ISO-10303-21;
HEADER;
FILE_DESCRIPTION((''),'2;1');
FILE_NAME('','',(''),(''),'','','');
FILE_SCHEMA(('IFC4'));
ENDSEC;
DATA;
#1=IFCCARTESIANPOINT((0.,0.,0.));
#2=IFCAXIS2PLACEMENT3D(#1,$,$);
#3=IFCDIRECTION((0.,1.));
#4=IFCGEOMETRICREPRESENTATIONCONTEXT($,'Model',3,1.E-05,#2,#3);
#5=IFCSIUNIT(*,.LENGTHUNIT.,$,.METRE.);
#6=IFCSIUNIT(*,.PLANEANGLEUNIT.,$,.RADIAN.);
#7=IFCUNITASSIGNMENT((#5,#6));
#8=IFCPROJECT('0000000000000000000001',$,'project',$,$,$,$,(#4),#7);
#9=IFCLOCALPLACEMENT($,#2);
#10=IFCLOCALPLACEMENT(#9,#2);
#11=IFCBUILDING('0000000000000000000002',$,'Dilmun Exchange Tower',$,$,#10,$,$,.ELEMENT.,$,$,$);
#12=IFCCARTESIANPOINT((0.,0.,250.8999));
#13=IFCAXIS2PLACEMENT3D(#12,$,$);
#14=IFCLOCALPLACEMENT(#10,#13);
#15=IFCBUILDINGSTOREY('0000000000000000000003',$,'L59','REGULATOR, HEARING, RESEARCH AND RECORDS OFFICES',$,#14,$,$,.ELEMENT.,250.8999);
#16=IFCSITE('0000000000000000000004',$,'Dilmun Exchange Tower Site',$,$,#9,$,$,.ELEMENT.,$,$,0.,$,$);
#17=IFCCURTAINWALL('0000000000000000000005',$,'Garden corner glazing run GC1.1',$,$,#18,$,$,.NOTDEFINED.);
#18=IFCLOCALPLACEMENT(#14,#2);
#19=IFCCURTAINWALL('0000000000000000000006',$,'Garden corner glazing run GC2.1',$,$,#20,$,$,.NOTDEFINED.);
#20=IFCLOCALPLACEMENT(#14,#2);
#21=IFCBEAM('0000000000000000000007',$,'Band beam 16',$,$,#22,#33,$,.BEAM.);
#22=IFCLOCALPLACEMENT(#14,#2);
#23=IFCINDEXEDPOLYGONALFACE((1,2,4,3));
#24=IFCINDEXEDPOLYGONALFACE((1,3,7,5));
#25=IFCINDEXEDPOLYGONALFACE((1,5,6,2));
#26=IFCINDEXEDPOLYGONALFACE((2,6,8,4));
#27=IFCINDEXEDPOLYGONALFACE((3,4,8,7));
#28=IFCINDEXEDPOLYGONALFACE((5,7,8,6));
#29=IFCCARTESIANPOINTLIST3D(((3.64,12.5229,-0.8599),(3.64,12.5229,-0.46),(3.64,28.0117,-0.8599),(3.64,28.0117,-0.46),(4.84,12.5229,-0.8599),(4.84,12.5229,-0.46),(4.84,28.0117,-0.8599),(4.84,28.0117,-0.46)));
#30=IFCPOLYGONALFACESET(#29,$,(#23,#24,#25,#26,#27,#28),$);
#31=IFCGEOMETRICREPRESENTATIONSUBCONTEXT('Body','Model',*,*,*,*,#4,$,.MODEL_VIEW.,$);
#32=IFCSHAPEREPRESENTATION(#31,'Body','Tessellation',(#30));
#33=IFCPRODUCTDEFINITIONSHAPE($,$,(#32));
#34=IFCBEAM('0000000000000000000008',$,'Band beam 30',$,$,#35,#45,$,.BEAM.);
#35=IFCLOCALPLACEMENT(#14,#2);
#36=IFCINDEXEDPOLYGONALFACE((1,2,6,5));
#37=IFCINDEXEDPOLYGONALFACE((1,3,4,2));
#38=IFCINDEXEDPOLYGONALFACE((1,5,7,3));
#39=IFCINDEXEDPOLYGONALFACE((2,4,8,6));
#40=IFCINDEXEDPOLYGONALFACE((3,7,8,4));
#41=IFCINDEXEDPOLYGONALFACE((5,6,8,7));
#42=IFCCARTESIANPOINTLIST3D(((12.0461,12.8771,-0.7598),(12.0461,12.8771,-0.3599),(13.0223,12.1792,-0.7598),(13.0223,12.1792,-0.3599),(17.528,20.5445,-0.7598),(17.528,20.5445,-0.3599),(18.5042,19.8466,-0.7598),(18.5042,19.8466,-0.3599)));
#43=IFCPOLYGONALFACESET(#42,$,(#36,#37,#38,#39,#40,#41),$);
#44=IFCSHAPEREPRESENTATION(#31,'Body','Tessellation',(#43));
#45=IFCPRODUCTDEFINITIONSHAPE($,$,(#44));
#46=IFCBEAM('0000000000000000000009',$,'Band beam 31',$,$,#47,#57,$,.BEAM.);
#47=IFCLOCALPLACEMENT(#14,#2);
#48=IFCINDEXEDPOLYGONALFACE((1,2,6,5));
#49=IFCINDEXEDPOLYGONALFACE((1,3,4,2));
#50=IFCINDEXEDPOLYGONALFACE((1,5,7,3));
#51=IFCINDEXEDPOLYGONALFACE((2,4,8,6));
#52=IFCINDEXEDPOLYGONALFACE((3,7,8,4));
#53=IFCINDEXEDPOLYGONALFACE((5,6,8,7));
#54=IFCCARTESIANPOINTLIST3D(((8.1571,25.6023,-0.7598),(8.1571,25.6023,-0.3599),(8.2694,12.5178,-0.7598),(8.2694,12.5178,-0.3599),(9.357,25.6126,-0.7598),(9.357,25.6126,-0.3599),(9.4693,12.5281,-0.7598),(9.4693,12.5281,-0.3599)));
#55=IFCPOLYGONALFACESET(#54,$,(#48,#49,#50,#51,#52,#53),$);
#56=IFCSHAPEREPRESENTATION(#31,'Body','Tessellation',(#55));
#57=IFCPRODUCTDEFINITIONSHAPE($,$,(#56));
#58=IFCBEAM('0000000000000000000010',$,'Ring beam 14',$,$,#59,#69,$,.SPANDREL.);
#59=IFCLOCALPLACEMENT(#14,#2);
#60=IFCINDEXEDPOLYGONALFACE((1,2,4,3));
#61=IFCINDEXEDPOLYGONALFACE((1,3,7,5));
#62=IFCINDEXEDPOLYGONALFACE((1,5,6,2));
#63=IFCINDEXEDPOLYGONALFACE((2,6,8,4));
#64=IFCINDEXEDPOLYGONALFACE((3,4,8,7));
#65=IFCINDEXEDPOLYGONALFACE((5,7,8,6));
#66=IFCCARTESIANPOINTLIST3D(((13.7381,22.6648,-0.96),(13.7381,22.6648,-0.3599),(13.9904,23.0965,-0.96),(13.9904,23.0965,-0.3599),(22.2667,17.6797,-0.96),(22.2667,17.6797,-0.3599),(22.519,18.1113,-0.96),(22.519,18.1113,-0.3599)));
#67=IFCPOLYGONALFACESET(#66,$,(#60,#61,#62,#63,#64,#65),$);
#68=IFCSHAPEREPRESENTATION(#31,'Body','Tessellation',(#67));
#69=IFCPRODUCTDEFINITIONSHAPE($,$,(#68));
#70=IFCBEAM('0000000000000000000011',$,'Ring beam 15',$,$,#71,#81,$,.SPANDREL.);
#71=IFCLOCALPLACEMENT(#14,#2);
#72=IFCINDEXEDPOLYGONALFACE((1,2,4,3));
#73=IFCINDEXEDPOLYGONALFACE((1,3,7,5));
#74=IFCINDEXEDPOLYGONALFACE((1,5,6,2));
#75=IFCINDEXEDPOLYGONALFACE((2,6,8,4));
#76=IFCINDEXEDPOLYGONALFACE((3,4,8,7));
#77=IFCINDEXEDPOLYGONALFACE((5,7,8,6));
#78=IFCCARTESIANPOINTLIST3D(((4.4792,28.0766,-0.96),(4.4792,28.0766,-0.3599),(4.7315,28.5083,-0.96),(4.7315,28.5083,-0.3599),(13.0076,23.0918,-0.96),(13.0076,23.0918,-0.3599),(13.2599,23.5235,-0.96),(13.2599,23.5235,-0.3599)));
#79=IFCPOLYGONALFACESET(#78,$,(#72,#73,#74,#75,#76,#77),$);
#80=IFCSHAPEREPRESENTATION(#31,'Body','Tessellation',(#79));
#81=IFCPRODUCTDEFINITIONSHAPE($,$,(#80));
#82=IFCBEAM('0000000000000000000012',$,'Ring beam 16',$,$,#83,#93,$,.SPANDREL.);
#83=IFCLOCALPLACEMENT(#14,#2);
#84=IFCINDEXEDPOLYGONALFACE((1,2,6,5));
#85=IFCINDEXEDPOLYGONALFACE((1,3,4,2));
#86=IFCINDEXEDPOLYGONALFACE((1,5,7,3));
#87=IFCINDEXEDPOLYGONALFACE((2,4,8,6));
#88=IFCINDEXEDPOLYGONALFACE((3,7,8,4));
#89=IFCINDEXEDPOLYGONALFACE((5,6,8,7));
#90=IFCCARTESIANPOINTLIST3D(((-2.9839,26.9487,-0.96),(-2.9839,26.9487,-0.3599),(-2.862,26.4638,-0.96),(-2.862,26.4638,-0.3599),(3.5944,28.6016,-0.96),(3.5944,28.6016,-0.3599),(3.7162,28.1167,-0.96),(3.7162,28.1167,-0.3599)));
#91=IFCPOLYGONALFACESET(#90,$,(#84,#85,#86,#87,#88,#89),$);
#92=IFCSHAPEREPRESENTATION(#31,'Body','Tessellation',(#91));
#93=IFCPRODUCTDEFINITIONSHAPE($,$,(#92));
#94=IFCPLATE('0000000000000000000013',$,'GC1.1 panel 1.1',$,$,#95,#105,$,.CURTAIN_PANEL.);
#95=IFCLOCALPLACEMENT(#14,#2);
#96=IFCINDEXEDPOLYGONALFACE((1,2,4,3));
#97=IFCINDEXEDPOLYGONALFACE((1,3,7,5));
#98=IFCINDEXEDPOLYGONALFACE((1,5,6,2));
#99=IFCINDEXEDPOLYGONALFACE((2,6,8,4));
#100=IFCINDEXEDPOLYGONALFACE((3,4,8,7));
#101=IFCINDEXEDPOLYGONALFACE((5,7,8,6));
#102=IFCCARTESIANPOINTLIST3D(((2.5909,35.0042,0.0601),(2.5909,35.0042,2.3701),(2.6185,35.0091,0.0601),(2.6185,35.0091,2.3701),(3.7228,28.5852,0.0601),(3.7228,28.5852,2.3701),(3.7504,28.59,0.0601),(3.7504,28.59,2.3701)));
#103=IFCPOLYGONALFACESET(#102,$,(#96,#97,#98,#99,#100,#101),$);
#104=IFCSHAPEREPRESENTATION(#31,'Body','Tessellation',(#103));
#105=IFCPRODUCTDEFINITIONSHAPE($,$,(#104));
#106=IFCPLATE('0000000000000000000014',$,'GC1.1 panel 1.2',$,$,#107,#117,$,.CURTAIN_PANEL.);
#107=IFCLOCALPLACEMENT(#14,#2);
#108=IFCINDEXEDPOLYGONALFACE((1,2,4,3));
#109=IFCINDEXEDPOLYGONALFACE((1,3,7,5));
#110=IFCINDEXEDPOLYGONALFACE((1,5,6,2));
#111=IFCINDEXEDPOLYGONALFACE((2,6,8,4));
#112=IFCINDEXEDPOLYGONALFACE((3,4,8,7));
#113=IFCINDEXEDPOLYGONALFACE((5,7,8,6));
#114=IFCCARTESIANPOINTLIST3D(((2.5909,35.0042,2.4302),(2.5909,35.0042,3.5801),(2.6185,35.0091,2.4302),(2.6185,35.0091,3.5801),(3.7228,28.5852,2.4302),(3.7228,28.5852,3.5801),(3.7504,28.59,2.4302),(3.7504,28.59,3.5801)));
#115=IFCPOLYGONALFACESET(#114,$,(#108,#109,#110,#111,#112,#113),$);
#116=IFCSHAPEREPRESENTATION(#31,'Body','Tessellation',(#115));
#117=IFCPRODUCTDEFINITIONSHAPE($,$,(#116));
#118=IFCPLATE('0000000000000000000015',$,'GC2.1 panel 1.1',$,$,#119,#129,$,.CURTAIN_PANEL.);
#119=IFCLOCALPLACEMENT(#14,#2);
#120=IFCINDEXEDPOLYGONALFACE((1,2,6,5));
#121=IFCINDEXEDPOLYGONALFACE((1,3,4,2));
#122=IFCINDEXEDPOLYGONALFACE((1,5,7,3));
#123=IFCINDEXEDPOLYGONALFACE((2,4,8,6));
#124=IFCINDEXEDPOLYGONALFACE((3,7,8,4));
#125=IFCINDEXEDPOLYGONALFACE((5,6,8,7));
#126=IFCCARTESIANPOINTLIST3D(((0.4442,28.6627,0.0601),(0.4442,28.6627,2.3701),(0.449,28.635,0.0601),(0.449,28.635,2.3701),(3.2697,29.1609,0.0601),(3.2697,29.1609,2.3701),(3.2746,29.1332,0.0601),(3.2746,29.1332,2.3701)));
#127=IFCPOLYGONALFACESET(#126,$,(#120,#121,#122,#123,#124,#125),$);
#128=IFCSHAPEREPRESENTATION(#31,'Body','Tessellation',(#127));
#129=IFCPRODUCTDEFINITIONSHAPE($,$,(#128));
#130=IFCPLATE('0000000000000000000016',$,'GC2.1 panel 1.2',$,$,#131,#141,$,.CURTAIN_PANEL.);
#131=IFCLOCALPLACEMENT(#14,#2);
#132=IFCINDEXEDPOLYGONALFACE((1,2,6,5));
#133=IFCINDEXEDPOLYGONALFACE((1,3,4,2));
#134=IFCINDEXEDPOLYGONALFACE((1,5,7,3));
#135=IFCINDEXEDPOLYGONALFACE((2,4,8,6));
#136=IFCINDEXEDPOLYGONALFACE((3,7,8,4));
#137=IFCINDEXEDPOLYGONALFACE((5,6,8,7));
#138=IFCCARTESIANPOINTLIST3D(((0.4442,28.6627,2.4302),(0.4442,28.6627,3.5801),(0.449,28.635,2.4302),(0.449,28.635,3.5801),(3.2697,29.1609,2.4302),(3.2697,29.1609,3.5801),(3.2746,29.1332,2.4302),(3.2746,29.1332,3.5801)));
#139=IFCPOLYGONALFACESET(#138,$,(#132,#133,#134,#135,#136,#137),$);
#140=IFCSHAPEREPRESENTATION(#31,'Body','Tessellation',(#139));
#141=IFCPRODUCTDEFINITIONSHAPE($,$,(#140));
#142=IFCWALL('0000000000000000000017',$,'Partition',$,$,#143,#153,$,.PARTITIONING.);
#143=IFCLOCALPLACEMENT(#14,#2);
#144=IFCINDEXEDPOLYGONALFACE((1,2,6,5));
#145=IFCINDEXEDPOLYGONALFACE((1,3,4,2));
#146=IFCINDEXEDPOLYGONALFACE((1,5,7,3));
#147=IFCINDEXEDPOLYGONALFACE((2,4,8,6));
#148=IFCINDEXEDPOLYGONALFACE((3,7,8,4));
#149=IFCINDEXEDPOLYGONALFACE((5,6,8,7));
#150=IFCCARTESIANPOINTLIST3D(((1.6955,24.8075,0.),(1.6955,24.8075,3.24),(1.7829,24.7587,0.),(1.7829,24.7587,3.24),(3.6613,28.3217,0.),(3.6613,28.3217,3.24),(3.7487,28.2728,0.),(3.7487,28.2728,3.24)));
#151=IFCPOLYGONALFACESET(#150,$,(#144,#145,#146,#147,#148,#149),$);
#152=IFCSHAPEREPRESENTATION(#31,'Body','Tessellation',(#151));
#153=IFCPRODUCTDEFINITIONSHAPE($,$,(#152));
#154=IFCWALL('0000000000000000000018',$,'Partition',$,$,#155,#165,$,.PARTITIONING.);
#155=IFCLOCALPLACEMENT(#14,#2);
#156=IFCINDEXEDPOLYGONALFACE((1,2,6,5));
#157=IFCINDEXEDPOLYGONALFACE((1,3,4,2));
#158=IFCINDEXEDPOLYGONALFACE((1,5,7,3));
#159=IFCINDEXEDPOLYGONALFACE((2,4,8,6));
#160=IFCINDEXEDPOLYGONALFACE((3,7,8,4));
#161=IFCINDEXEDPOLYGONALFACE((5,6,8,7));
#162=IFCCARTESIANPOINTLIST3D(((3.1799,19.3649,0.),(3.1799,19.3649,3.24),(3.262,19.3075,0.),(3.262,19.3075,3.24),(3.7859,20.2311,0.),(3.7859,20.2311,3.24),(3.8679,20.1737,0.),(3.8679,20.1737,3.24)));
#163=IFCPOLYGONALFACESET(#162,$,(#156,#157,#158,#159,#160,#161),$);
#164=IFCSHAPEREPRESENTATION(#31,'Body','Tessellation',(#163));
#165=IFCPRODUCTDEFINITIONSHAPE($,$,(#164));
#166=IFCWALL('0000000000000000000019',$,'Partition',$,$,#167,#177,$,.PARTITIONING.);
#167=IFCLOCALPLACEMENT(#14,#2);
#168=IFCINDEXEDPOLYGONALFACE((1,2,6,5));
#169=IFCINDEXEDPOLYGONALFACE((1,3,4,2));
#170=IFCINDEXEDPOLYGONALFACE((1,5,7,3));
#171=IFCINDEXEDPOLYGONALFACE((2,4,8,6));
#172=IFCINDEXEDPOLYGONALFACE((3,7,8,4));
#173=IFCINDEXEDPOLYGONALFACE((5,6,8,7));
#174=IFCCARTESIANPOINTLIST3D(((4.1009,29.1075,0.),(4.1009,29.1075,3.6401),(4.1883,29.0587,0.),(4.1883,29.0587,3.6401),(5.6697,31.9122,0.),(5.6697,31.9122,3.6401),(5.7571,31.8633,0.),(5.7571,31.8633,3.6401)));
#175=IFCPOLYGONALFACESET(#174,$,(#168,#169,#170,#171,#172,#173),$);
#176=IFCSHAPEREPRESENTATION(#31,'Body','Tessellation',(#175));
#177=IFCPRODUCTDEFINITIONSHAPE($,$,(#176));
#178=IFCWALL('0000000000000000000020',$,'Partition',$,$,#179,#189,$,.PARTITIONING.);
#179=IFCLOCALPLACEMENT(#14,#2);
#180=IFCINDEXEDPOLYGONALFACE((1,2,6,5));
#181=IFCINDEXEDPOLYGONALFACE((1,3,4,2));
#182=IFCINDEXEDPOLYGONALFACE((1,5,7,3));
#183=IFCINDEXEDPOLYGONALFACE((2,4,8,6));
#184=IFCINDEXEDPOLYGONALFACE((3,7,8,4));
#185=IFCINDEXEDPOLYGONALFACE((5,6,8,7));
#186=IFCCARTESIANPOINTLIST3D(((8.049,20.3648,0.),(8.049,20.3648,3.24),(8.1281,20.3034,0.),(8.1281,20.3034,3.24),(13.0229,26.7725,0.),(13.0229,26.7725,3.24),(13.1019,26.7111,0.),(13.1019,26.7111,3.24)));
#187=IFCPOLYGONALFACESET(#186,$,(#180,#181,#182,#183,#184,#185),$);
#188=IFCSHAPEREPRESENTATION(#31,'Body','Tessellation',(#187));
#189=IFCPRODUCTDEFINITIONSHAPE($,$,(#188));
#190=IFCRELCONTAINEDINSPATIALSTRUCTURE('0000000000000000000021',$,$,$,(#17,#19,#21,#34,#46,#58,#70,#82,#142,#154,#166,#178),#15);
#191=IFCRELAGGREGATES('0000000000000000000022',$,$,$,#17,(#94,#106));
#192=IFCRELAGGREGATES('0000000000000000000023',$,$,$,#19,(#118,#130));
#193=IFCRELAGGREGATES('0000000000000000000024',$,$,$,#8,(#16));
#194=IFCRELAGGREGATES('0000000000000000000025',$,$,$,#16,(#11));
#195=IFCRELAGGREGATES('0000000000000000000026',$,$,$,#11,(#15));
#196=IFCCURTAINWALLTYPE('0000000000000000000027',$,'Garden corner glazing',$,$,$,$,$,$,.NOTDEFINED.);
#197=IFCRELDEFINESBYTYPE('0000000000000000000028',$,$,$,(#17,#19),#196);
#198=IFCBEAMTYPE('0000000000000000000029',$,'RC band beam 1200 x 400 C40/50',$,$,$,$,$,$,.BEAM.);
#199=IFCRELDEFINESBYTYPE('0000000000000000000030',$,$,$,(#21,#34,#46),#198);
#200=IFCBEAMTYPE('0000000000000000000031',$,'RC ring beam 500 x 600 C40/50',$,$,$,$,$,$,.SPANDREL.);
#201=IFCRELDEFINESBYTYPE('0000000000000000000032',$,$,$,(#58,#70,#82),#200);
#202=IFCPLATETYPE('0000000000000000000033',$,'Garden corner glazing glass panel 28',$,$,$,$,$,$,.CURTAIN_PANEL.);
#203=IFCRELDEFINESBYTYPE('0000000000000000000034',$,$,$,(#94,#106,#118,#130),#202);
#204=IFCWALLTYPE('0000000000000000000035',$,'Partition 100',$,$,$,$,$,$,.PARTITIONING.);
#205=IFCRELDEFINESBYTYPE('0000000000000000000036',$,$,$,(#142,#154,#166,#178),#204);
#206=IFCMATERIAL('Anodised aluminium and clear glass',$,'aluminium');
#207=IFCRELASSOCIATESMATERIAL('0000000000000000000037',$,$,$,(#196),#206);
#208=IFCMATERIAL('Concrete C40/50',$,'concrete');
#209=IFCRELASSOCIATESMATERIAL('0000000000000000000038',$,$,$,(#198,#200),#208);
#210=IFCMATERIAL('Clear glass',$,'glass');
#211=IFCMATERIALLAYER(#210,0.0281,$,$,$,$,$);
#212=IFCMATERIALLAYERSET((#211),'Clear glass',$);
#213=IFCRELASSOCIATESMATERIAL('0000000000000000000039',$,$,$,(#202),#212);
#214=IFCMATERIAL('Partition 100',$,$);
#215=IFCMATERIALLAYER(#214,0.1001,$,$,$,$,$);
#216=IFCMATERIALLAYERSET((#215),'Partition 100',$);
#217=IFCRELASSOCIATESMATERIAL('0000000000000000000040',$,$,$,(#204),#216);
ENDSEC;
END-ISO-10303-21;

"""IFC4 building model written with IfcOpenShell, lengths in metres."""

from ifc_helpers import new_model, si_unit, direction, frame, frame_2d, origin, origin_2d, place, context, subcontext, project, spatial, rectangle, extrude, material, layer, layer_set, material_profile, profile_set, type_object, element, aggregate, save


model = new_model("IFC4")

# Units and contexts
model_context = context("Model", 3, precision=1e-05, world=origin(), true_north=direction((0.0, 1.0)))
body_context = subcontext(model_context, "Body", "Model", "MODEL_VIEW")
ifc_project = project(units=[si_unit("LENGTHUNIT", "METRE"), si_unit("PLANEANGLEUNIT", "RADIAN")], contexts=[model_context])

# Site, building, storey
site_placement = place(None, origin())
site = spatial("IfcSite", under=ifc_project, at=site_placement, Name="Dilmun Exchange Tower Site", CompositionType="ELEMENT", RefElevation=0.0)
building_placement = place(site_placement, origin())
building = spatial("IfcBuilding", under=site, at=building_placement, Name="Dilmun Exchange Tower", CompositionType="ELEMENT")
storey_placement = place(building_placement, frame((0.0, 0.0, 250.8999)))
storey = spatial("IfcBuildingStorey", under=building, at=storey_placement, Name="L59", Description="REGULATOR, HEARING, RESEARCH AND RECORDS OFFICES", CompositionType="ELEMENT", Elevation=250.8999)

# Curtain wall
ifc_material_1 = material(Name="Anodised aluminium and clear glass", Category="aluminium")
curtain_wall_type = type_object("IfcCurtainWallType", Name="Garden corner glazing", PredefinedType="NOTDEFINED", material=ifc_material_1)
curtain_wall_1_placement = place(storey_placement, origin())
curtain_wall_1 = element("IfcCurtainWall", 1, at=curtain_wall_1_placement, inside=storey, type_object=curtain_wall_type, Name="Garden corner glazing run GC1.1", PredefinedType="NOTDEFINED")

# Curtain wall
curtain_wall_2_placement = place(storey_placement, origin())
curtain_wall_2 = element("IfcCurtainWall", 2, at=curtain_wall_2_placement, inside=storey, type_object=curtain_wall_type, Name="Garden corner glazing run GC2.1", PredefinedType="NOTDEFINED")

# Beams
ifc_material_2 = material(Name="Concrete C40/50", Category="concrete")
ifc_material_profile_1 = material_profile(ifc_material_2, rectangle(XDim=1.2, YDim=0.3999, at=origin_2d()), Name="1200 x 400")
ifc_profile_set_1 = profile_set([ifc_material_profile_1], Name="Concrete C40/50")
beam_type_1 = type_object("IfcBeamType", Name="RC band beam 1200 x 400 C40/50", PredefinedType="BEAM", material=ifc_profile_set_1)
beam_1_placement = place(storey_placement, frame((4.24, 28.0117, -0.6599), z_axis=(0.0, -1.0, 0.0), x_axis=(1.0, 0.0, 0.0)))
element("IfcBeam", 3, at=beam_1_placement, inside=storey, type_object=beam_type_1, Name="Band beam 16", PredefinedType="BEAM", context=body_context, shape_type="SweptSolid", body=[
    extrude(rectangle(XDim=1.2, YDim=0.3999, at=origin_2d()), origin(), (0.0, 0.0, 1.0), 15.4888),
])
beam_2_placement = place(storey_placement, frame((18.0161, 20.1956, -0.5598), z_axis=(-0.581601, -0.813474, 0.0), x_axis=(0.813474, -0.581601, 0.0)))
element("IfcBeam", 4, at=beam_2_placement, inside=storey, type_object=beam_type_1, Name="Band beam 30", PredefinedType="BEAM", context=body_context, shape_type="SweptSolid", body=[
    extrude(rectangle(XDim=1.2, YDim=0.3999, at=origin_2d()), origin(), (0.0, 0.0, 1.0), 9.4255),
])
beam_3_placement = place(storey_placement, frame((8.7571, 25.6074, -0.5598), z_axis=(0.008583, -0.999963, 0.0), x_axis=(0.999963, 0.008583, 0.0)))
element("IfcBeam", 5, at=beam_3_placement, inside=storey, type_object=beam_type_1, Name="Band beam 31", PredefinedType="BEAM", context=body_context, shape_type="SweptSolid", body=[
    extrude(rectangle(XDim=1.2, YDim=0.3999, at=origin_2d()), origin(), (0.0, 0.0, 1.0), 13.085),
])
ifc_material_profile_2 = material_profile(ifc_material_2, rectangle(XDim=0.5, YDim=0.6001, at=origin_2d()), Name="500 x 600")
ifc_profile_set_2 = profile_set([ifc_material_profile_2], Name="Concrete C40/50")
beam_type_2 = type_object("IfcBeamType", Name="RC ring beam 500 x 600 C40/50", PredefinedType="SPANDREL", material=ifc_profile_set_2)
beam_4_placement = place(storey_placement, frame((22.3928, 17.8955, -0.6599), z_axis=(-0.863333, 0.504635, 0.0), x_axis=(-0.504635, -0.863333, 0.0)))
element("IfcBeam", 6, at=beam_4_placement, inside=storey, type_object=beam_type_2, Name="Ring beam 14", PredefinedType="SPANDREL", context=body_context, shape_type="SweptSolid", body=[
    extrude(rectangle(XDim=0.5, YDim=0.6001, at=origin_2d()), origin(), (0.0, 0.0, 1.0), 9.8787),
])
beam_5_placement = place(storey_placement, frame((13.1338, 23.3076, -0.6599), z_axis=(-0.863344, 0.504616, 0.0), x_axis=(-0.504616, -0.863344, 0.0)))
element("IfcBeam", 7, at=beam_5_placement, inside=storey, type_object=beam_type_2, Name="Ring beam 15", PredefinedType="SPANDREL", context=body_context, shape_type="SweptSolid", body=[
    extrude(rectangle(XDim=0.5, YDim=0.6001, at=origin_2d()), origin(), (0.0, 0.0, 1.0), 9.8784),
])
beam_6_placement = place(storey_placement, frame((3.6553, 28.3591, -0.6599), z_axis=(-0.969854, -0.243687, 0.0), x_axis=(0.243687, -0.969854, 0.0)))
element("IfcBeam", 8, at=beam_6_placement, inside=storey, type_object=beam_type_2, Name="Ring beam 16", PredefinedType="SPANDREL", context=body_context, shape_type="SweptSolid", body=[
    extrude(rectangle(XDim=0.5, YDim=0.6001, at=origin_2d()), origin(), (0.0, 0.0, 1.0), 6.7827),
])

# Plates
ifc_material_3 = material(Name="Clear glass", Category="glass")
ifc_layer_1 = layer(ifc_material_3, 0.0281)
ifc_layer_set_1 = layer_set([ifc_layer_1], Name="Clear glass")
plate_type = type_object("IfcPlateType", Name="Garden corner glazing glass panel 28", PredefinedType="CURTAIN_PANEL", material=ifc_layer_set_1)
plate_1_placement = place(storey_placement, frame((3.1707, 31.7971, 0.0601), z_axis=(0.0, 0.0, 1.0), x_axis=(0.17365, -0.984807, 0.0)))
plate_1 = element("IfcPlate", 9, at=plate_1_placement, type_object=plate_type, Name="GC1.1 panel 1.1", PredefinedType="CURTAIN_PANEL", context=body_context, shape_type="SweptSolid", body=[
    extrude(rectangle(XDim=6.5181, YDim=0.0281, at=origin_2d()), origin(), (0.0, 0.0, 1.0), 2.3101),
])
plate_2_placement = place(storey_placement, frame((3.1707, 31.7971, 2.4302), z_axis=(0.0, 0.0, 1.0), x_axis=(0.17365, -0.984807, 0.0)))
plate_2 = element("IfcPlate", 10, at=plate_2_placement, type_object=plate_type, Name="GC1.1 panel 1.2", PredefinedType="CURTAIN_PANEL", context=body_context, shape_type="SweptSolid", body=[
    extrude(rectangle(XDim=6.5181, YDim=0.0281, at=origin_2d()), origin(), (0.0, 0.0, 1.0), 1.1499),
])
aggregate(curtain_wall_1, [plate_1, plate_2])
plate_3_placement = place(storey_placement, frame((1.8594, 28.8979, 0.0601), z_axis=(0.0, 0.0, 1.0), x_axis=(-0.984811, -0.173631, 0.0)))
plate_3 = element("IfcPlate", 11, at=plate_3_placement, type_object=plate_type, Name="GC2.1 panel 1.1", PredefinedType="CURTAIN_PANEL", context=body_context, shape_type="SweptSolid", body=[
    extrude(rectangle(XDim=2.8691, YDim=0.0281, at=origin_2d()), origin(), (0.0, 0.0, 1.0), 2.3101),
])
plate_4_placement = place(storey_placement, frame((1.8594, 28.8979, 2.4302), z_axis=(0.0, 0.0, 1.0), x_axis=(-0.984811, -0.173631, 0.0)))
plate_4 = element("IfcPlate", 12, at=plate_4_placement, type_object=plate_type, Name="GC2.1 panel 1.2", PredefinedType="CURTAIN_PANEL", context=body_context, shape_type="SweptSolid", body=[
    extrude(rectangle(XDim=2.8691, YDim=0.0281, at=origin_2d()), origin(), (0.0, 0.0, 1.0), 1.1499),
])
aggregate(curtain_wall_2, [plate_3, plate_4])

# Walls
ifc_material_4 = material(Name="Partition 100")
ifc_layer_2 = layer(ifc_material_4, 0.1001)
ifc_layer_set_2 = layer_set([ifc_layer_2], Name="Partition 100")
wall_type = type_object("IfcWallType", Name="Partition 100", PredefinedType="PARTITIONING", material=ifc_layer_set_2)
wall_1_placement = place(storey_placement, frame((1.7393, 24.7832, 0.0), z_axis=(0.0, 0.0, 1.0), x_axis=(0.488205, 0.872729, 0.0)))
element("IfcWall", 13, at=wall_1_placement, inside=storey, type_object=wall_type, Name="Partition", PredefinedType="PARTITIONING", context=body_context, shape_type="SweptSolid", body=[
    extrude(rectangle(XDim=4.0266, YDim=0.1001, at=frame_2d((2.0132, 0.0))), origin(), (0.0, 0.0, 1.0), 3.24),
])
wall_2_placement = place(storey_placement, frame((3.2209, 19.3362, 0.0), z_axis=(0.0, 0.0, 1.0), x_axis=(0.573214, 0.819405, 0.0)))
element("IfcWall", 14, at=wall_2_placement, inside=storey, type_object=wall_type, Name="Partition", PredefinedType="PARTITIONING", context=body_context, shape_type="SweptSolid", body=[
    extrude(rectangle(XDim=1.0571, YDim=0.1001, at=frame_2d((0.5286, 0.0))), origin(), (0.0, 0.0, 1.0), 3.24),
])
wall_3_placement = place(storey_placement, frame((4.1445, 29.083, 0.0), z_axis=(0.0, 0.0, 1.0), x_axis=(0.488182, 0.872742, 0.0)))
element("IfcWall", 15, at=wall_3_placement, inside=storey, type_object=wall_type, Name="Partition", PredefinedType="PARTITIONING", context=body_context, shape_type="SweptSolid", body=[
    extrude(rectangle(XDim=3.2136, YDim=0.1001, at=frame_2d((1.6069, 0.0))), origin(), (0.0, 0.0, 1.0), 3.6401),
])
wall_4_placement = place(storey_placement, frame((8.0886, 20.3342, 0.0), z_axis=(0.0, 0.0, 1.0), x_axis=(0.61318, 0.789943, 0.0)))
element("IfcWall", 16, at=wall_4_placement, inside=storey, type_object=wall_type, Name="Partition", PredefinedType="PARTITIONING", context=body_context, shape_type="SweptSolid", body=[
    extrude(rectangle(XDim=8.1116, YDim=0.1001, at=frame_2d((4.0557, 0.0))), origin(), (0.0, 0.0, 1.0), 3.24),
])

save(model, "model.ifc")
